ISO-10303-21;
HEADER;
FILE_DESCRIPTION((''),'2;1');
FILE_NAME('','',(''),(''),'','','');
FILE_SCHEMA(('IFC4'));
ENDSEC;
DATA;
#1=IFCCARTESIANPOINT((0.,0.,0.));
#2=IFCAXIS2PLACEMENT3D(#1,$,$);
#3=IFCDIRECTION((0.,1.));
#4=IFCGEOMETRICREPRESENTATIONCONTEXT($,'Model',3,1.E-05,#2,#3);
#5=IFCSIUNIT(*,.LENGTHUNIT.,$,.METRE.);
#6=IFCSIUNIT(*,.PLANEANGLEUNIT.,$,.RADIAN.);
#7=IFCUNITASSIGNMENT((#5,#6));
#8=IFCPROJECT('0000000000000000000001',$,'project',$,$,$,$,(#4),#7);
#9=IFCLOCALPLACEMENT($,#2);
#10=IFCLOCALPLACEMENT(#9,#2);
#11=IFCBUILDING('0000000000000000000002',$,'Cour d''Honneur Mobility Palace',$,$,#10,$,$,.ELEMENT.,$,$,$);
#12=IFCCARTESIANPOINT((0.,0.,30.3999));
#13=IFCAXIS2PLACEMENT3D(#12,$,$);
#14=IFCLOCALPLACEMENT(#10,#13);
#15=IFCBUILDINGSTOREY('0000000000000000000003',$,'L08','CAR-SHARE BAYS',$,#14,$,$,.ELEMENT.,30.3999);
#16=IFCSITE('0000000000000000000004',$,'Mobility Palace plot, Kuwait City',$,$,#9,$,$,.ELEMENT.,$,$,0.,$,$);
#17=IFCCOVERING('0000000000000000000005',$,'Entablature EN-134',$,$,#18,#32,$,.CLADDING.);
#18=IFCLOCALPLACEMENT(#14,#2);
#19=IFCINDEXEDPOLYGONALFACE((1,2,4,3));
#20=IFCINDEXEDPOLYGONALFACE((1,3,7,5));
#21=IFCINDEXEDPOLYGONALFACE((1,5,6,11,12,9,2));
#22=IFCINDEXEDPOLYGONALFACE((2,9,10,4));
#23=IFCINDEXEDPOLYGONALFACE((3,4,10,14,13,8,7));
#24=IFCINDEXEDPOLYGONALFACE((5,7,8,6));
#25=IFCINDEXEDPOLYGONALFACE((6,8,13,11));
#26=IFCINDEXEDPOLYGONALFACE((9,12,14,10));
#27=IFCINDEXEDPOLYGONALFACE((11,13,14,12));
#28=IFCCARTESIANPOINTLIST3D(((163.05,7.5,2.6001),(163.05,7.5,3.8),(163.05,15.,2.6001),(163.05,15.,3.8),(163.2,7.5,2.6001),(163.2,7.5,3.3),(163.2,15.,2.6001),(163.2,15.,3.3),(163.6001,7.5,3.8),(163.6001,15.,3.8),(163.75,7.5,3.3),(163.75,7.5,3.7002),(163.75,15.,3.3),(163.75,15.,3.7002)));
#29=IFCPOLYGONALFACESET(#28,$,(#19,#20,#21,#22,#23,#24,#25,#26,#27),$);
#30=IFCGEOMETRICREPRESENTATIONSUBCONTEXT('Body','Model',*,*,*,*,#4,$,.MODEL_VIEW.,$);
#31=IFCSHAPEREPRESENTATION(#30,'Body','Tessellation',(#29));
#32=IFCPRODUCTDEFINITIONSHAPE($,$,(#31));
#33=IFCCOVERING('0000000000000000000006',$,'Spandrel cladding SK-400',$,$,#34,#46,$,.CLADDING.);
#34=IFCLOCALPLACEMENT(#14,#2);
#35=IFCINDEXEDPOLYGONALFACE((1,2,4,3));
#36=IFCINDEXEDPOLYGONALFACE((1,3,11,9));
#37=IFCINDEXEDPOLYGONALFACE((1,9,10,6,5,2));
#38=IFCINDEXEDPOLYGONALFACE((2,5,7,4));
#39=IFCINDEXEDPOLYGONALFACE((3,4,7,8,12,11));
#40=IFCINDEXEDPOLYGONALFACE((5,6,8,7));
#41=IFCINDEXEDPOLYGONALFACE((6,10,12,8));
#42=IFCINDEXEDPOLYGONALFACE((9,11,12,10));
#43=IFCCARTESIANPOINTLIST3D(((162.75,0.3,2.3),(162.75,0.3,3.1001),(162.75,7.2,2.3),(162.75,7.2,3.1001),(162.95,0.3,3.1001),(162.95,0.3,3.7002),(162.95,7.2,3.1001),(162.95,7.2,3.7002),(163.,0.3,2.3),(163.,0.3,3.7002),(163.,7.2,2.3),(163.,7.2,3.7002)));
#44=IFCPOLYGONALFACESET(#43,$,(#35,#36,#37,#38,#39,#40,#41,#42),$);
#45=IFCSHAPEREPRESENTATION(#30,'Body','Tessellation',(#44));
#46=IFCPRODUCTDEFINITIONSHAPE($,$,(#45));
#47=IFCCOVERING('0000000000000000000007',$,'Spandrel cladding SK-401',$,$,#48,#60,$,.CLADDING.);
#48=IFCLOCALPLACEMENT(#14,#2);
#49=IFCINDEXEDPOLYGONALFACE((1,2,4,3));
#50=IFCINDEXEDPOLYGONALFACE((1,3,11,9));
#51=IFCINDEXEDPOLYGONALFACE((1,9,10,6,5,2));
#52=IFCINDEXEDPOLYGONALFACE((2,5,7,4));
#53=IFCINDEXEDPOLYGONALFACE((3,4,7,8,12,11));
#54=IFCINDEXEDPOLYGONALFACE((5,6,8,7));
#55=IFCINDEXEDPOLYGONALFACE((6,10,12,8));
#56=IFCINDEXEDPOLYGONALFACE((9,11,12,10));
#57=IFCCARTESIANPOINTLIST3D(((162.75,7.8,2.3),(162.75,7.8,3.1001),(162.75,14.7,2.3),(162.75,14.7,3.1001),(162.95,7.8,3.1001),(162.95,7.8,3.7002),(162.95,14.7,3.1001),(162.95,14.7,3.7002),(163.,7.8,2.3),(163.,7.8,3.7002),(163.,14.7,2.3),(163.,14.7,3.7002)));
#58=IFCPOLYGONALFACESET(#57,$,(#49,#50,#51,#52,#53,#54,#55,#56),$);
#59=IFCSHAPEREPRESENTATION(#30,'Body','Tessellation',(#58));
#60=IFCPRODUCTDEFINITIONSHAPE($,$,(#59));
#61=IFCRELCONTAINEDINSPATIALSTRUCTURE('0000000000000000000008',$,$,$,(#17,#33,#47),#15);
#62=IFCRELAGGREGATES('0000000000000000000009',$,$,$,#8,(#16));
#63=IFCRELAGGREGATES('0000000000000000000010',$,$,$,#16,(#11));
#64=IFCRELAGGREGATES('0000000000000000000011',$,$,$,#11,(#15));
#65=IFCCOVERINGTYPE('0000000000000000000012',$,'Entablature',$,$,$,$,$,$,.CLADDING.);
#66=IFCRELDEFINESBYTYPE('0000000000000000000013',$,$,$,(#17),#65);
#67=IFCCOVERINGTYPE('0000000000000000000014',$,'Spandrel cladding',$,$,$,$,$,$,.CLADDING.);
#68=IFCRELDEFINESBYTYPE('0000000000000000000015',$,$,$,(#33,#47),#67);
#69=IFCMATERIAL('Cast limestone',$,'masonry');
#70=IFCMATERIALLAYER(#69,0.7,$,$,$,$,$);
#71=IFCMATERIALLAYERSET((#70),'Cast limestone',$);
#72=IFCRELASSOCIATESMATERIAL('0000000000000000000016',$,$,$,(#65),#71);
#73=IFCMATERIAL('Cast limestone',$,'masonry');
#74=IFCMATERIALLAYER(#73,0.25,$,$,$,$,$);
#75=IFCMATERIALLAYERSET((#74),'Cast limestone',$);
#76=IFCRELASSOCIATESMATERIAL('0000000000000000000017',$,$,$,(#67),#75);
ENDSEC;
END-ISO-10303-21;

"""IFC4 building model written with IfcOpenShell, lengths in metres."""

from ifc_helpers import new_model, si_unit, direction, frame, origin, place, context, subcontext, project, spatial, polyline, outline, extrude, material, layer, layer_set, type_object, element, save


model = new_model("IFC4")

# Units and contexts
model_context = context("Model", 3, precision=1e-05, world=origin(), true_north=direction((0.0, 1.0)))
body_context = subcontext(model_context, "Body", "Model", "MODEL_VIEW")
ifc_project = project(units=[si_unit("LENGTHUNIT", "METRE"), si_unit("PLANEANGLEUNIT", "RADIAN")], contexts=[model_context])

# Site, building, storey
site_placement = place(None, origin())
site = spatial("IfcSite", under=ifc_project, at=site_placement, Name="Mobility Palace plot, Kuwait City", CompositionType="ELEMENT", RefElevation=0.0)
building_placement = place(site_placement, origin())
building = spatial("IfcBuilding", under=site, at=building_placement, Name="Cour d'Honneur Mobility Palace", CompositionType="ELEMENT")
storey_placement = place(building_placement, frame((0.0, 0.0, 30.3999)))
storey = spatial("IfcBuildingStorey", under=building, at=storey_placement, Name="L08", Description="CAR-SHARE BAYS", CompositionType="ELEMENT", Elevation=30.3999)

# Covering
ifc_material_1 = material(Name="Cast limestone", Category="masonry")
ifc_layer_1 = layer(ifc_material_1, 0.7)
ifc_layer_set_1 = layer_set([ifc_layer_1], Name="Cast limestone")
covering_type_1 = type_object("IfcCoveringType", Name="Entablature", PredefinedType="CLADDING", material=ifc_layer_set_1)
for number, where, z_axis, x_axis, name in (
    (1, (163.05, 7.5, 2.6001), (0.0, -1.0, 0.0), (1.0, 0.0, 0.0), "Entablature EN-134"),
):
    element("IfcCovering", number, at=place(storey_placement, frame(where, z_axis=z_axis, x_axis=x_axis)), inside=storey, type_object=covering_type_1, Name=name, PredefinedType="CLADDING", context=body_context, shape_type="SweptSolid", body=[
        extrude(outline(polyline([(0.0, 0.0), (0.1499, 0.0), (0.1499, 0.7), (0.7, 0.7), (0.7, 1.1001), (0.55, 1.2), (0.0, 1.2), (0.0, 0.0)])), origin(), (0.0, 0.0, -1.0), 7.5),
    ])

# Coverings
ifc_material_2 = material(Name="Cast limestone", Category="masonry")
ifc_layer_2 = layer(ifc_material_2, 0.25)
ifc_layer_set_2 = layer_set([ifc_layer_2], Name="Cast limestone")
covering_type_2 = type_object("IfcCoveringType", Name="Spandrel cladding", PredefinedType="CLADDING", material=ifc_layer_set_2)
for number, where, z_axis, x_axis, name in (
    (2, (162.75, 0.3, 2.3), (0.0, -1.0, 0.0), (1.0, 0.0, 0.0), "Spandrel cladding SK-400"),
    (3, (162.75, 7.8, 2.3), (0.0, -1.0, 0.0), (1.0, 0.0, 0.0), "Spandrel cladding SK-401"),
):
    element("IfcCovering", number, at=place(storey_placement, frame(where, z_axis=z_axis, x_axis=x_axis)), inside=storey, type_object=covering_type_2, Name=name, PredefinedType="CLADDING", context=body_context, shape_type="SweptSolid", body=[
        extrude(outline(polyline([(0.0, 0.0), (0.25, 0.0), (0.25, 1.4001), (0.2, 1.4001), (0.2, 0.8), (0.0, 0.8), (0.0, 0.0)])), origin(), (0.0, 0.0, -1.0), 6.8999),
    ])

save(model, "model.ifc")
